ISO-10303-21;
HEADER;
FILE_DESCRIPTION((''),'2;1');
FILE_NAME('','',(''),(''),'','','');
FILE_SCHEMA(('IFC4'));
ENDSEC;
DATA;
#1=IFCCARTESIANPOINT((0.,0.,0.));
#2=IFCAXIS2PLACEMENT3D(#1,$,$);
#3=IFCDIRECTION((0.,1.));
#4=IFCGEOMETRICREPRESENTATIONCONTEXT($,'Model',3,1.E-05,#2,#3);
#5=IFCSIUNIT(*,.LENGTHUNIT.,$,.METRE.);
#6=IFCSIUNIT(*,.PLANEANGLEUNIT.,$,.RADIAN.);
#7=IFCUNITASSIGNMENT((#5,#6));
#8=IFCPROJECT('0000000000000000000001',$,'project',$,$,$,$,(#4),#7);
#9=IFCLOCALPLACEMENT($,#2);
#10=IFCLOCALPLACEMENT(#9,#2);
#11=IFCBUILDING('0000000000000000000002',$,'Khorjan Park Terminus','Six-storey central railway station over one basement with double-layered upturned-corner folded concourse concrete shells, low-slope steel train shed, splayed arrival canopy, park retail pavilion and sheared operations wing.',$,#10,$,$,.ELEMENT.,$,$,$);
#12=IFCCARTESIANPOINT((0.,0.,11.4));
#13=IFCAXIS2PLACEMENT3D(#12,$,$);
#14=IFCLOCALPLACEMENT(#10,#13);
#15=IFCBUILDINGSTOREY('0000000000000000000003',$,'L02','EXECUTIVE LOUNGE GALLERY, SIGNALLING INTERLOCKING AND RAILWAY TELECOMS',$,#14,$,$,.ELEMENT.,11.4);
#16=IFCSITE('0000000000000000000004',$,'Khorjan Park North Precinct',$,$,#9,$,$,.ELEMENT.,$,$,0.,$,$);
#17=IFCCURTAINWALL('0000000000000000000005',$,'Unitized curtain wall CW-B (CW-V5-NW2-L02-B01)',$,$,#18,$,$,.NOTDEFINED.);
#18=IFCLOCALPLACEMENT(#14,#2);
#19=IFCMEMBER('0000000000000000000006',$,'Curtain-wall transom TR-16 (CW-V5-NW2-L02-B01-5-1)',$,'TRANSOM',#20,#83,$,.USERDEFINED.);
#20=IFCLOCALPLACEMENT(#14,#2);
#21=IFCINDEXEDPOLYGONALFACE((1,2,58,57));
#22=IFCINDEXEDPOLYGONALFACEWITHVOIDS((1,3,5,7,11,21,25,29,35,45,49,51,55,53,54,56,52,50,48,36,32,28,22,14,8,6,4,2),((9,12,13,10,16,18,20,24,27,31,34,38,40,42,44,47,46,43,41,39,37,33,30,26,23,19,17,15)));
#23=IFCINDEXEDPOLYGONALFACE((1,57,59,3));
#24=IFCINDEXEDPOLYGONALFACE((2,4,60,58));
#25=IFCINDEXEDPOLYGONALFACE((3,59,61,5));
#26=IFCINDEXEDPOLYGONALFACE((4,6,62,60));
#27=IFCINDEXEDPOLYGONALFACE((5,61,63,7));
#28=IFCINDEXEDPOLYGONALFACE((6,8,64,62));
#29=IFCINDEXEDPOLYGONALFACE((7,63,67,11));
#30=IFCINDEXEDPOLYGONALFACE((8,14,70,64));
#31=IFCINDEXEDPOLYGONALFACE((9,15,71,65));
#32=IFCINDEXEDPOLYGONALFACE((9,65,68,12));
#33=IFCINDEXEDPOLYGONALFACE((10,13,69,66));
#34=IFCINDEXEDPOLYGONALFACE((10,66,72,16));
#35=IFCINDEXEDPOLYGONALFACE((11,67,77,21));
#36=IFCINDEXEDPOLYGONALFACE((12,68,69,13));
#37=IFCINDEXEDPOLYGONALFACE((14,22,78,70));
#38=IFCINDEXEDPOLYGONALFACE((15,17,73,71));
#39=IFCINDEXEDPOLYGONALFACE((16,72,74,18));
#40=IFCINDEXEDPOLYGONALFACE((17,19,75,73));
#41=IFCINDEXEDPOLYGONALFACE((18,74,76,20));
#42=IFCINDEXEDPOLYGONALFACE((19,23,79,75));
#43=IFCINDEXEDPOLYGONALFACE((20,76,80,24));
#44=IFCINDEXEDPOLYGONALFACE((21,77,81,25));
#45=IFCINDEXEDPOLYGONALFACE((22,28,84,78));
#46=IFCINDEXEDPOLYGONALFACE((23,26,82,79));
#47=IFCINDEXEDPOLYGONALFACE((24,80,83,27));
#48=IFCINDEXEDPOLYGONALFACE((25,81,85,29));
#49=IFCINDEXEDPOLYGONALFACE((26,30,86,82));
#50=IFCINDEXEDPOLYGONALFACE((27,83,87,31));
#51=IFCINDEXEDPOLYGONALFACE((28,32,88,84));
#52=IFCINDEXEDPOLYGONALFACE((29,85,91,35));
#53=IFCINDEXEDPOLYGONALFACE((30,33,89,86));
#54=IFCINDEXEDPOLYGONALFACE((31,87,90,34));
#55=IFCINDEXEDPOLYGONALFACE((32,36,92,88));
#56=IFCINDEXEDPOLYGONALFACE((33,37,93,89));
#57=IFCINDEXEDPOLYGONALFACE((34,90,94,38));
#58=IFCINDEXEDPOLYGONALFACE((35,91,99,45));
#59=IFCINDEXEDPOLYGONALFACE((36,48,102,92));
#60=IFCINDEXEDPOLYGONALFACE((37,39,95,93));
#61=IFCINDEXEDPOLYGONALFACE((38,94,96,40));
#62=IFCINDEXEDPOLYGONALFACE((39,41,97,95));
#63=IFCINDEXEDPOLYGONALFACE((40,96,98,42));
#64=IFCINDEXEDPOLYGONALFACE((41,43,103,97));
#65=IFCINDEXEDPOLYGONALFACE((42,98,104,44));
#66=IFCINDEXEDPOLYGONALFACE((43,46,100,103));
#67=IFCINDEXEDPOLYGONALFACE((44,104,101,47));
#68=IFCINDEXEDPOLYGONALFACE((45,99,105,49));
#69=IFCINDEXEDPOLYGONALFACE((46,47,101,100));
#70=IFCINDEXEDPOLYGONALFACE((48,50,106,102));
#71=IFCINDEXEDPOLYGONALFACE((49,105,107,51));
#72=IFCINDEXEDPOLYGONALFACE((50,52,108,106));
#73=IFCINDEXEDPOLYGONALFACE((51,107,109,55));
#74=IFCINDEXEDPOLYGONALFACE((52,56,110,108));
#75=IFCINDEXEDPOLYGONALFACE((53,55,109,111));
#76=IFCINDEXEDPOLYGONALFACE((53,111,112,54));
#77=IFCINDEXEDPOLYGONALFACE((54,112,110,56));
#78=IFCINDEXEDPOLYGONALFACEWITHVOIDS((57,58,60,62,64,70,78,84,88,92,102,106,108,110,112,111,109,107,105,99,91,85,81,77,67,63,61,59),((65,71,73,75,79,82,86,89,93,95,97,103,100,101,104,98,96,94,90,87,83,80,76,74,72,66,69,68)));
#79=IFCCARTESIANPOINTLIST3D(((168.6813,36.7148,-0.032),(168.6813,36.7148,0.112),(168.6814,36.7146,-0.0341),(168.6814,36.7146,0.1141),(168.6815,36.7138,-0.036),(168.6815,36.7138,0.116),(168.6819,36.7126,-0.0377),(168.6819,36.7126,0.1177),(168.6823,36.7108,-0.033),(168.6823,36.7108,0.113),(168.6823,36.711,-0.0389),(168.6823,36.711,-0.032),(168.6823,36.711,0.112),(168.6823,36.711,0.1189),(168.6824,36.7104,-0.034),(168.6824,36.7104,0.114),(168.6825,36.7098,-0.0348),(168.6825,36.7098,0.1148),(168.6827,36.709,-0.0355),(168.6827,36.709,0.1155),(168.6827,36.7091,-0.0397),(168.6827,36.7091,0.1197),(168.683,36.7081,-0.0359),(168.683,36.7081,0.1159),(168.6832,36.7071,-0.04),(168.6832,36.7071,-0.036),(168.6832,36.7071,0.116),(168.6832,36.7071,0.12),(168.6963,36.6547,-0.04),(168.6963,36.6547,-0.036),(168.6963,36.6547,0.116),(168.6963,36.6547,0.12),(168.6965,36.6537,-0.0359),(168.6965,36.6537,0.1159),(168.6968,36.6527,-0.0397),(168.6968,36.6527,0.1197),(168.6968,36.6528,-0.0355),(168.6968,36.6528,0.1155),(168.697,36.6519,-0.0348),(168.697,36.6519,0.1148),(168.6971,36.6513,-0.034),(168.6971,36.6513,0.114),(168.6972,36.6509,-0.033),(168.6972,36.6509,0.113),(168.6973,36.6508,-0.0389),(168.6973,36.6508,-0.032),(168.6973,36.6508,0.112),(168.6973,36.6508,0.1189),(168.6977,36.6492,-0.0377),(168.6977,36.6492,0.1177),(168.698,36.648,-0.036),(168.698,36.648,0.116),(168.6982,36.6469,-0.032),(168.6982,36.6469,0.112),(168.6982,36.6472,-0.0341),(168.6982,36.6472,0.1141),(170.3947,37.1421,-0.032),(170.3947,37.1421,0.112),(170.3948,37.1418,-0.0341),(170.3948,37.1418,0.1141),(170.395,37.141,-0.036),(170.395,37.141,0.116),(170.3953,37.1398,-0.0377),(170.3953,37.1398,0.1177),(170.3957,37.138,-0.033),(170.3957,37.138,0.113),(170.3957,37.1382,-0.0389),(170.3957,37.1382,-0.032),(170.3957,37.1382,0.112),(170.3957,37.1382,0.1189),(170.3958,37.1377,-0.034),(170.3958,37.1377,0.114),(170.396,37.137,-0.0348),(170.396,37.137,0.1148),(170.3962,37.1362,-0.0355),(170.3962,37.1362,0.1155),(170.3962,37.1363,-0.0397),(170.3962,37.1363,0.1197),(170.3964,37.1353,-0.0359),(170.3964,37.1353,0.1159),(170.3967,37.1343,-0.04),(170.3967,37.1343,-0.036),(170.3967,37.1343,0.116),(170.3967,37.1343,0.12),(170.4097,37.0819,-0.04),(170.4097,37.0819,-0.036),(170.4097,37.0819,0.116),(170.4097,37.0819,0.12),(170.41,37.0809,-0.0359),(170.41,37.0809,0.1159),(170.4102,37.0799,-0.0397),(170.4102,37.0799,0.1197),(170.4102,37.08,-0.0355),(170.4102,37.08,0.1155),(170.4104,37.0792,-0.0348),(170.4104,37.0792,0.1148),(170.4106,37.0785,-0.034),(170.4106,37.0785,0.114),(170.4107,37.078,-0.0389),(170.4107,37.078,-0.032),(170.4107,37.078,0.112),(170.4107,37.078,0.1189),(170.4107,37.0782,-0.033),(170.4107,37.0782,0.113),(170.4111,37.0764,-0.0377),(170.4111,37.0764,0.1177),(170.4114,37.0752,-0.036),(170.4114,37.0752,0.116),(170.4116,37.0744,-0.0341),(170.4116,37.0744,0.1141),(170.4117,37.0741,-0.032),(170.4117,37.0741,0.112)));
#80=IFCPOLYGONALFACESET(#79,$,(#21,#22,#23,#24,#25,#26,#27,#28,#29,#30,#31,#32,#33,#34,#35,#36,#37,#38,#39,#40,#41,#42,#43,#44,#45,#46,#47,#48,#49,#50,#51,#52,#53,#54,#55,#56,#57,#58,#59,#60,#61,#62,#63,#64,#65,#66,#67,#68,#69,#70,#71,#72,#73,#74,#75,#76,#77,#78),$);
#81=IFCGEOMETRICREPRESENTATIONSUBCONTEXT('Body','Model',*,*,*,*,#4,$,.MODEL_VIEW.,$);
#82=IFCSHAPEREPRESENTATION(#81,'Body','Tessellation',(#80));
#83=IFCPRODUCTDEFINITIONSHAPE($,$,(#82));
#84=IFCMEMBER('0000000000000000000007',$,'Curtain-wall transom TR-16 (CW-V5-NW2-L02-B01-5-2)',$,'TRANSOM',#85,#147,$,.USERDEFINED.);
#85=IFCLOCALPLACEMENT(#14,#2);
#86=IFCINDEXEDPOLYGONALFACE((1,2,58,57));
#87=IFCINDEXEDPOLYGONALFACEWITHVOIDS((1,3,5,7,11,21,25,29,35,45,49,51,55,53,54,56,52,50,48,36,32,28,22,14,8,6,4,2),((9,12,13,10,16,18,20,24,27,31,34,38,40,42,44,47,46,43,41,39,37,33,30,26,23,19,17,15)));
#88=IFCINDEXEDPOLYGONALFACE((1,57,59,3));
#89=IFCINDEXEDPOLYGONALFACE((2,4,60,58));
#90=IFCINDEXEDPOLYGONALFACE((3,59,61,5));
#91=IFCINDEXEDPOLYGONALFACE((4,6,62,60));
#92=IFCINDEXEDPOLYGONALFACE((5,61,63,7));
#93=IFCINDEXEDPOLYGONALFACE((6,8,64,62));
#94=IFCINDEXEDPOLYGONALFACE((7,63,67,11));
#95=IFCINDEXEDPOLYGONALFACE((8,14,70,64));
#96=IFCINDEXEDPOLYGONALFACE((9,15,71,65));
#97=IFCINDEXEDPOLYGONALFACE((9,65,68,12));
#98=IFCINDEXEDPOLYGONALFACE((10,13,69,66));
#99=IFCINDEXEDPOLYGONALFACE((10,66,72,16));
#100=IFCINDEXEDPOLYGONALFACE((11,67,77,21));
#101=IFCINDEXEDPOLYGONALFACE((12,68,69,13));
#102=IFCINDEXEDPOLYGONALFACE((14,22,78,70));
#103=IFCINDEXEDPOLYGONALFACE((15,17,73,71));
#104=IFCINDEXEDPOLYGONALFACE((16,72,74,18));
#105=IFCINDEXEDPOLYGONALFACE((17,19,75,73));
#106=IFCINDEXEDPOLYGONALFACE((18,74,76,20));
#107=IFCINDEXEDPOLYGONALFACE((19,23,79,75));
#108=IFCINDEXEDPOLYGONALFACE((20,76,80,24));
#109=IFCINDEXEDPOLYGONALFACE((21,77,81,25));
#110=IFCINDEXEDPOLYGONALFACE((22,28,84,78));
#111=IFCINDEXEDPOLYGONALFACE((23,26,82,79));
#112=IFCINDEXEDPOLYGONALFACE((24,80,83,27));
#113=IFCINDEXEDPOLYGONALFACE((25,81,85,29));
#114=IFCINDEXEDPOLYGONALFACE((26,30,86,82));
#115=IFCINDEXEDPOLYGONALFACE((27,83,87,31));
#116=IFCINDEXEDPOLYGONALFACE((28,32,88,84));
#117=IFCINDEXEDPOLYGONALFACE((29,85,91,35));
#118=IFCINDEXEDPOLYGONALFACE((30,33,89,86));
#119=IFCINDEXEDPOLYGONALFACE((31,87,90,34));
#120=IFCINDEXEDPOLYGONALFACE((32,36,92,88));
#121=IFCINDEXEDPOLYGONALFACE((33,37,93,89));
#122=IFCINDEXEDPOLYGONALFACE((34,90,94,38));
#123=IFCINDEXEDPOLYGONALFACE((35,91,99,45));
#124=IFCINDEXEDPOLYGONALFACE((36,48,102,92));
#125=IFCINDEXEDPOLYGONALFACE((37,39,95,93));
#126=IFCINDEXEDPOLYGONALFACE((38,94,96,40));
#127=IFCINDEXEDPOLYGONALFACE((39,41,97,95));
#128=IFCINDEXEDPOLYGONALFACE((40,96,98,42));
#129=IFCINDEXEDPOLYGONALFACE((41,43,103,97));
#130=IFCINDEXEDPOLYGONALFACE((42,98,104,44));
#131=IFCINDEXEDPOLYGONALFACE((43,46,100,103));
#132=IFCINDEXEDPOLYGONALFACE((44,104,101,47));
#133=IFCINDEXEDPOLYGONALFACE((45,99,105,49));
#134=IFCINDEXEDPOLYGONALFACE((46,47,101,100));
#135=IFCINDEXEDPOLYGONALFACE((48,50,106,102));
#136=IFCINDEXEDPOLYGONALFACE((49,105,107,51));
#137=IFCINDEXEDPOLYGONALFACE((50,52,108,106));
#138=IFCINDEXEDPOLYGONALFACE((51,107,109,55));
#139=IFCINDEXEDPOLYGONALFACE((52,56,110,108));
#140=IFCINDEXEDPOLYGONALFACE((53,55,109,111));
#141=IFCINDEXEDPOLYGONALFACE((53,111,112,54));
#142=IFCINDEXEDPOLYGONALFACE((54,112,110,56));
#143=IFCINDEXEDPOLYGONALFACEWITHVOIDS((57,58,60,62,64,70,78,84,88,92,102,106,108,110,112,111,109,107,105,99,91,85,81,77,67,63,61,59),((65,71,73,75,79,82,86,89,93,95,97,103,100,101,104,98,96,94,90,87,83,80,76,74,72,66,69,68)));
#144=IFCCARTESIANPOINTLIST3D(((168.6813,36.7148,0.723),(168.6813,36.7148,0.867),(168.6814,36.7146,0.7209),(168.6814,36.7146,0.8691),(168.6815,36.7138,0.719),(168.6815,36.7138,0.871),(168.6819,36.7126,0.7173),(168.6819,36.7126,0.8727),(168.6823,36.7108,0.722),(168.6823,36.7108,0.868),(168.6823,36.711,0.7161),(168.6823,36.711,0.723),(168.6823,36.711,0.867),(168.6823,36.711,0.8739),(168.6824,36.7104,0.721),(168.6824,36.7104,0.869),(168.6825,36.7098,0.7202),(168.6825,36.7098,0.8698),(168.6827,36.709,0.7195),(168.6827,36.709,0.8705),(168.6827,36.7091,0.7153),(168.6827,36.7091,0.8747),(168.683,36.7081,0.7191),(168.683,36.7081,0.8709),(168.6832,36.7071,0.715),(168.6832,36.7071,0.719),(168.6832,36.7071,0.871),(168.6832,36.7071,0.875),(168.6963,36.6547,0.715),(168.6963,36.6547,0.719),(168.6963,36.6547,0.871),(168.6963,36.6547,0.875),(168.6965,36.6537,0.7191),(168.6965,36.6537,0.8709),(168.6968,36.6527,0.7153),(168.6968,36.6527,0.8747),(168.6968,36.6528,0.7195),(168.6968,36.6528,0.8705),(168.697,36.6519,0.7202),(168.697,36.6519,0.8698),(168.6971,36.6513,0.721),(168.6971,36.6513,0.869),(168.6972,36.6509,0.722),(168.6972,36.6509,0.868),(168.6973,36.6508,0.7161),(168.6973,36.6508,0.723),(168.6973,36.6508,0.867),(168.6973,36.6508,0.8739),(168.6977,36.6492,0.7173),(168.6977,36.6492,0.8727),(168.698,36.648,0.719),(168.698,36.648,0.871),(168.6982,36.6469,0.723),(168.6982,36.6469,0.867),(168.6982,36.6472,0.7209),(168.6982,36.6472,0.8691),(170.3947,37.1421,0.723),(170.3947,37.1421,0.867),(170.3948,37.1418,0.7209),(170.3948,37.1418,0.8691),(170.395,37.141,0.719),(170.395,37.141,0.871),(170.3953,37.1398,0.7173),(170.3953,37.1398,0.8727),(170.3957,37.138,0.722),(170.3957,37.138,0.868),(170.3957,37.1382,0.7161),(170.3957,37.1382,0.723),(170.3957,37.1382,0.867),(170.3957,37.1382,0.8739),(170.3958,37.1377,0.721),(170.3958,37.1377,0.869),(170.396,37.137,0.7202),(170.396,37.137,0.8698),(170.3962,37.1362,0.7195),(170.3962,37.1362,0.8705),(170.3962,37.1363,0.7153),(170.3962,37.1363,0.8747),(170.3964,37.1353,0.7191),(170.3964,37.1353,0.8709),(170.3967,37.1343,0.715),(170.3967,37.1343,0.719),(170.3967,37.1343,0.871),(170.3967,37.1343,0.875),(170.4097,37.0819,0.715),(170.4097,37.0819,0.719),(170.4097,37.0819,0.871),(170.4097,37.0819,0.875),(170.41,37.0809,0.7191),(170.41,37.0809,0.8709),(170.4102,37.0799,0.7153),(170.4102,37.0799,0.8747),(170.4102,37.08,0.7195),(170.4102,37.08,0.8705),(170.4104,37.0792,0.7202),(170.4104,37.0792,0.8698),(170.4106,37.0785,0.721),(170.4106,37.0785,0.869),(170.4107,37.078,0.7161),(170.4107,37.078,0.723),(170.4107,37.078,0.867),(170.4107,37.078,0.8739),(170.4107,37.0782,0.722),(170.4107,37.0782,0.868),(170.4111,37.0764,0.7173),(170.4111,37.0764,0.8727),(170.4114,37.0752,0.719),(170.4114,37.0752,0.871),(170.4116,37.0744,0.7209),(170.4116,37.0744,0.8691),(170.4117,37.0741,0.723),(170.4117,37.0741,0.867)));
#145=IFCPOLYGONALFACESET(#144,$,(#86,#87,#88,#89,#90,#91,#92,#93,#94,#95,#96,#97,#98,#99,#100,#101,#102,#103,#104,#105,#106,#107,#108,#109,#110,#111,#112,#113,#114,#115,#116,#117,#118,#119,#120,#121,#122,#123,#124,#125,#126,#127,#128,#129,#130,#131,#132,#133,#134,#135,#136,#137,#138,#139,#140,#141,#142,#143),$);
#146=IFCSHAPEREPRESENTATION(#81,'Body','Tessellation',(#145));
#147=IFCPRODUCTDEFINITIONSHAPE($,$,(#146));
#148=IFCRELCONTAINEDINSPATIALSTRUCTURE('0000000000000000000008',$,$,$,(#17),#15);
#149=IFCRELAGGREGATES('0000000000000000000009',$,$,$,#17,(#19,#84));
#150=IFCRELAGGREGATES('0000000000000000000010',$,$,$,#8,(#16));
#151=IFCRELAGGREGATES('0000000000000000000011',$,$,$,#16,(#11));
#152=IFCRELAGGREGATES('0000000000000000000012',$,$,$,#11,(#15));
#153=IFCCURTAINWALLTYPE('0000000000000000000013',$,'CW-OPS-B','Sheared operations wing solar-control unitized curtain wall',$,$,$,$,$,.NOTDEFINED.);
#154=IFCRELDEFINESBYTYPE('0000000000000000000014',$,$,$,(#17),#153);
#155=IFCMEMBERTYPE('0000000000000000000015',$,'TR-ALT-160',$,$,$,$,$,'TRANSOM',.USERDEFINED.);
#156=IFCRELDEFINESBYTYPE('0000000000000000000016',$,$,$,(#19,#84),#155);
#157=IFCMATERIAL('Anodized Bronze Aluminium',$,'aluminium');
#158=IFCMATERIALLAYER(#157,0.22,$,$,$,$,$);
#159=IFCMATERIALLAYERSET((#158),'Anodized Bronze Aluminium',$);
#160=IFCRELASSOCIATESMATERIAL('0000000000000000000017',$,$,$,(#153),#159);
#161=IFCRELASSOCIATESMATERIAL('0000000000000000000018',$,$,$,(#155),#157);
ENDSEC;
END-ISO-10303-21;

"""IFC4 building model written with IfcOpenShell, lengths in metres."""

from ifc_helpers import new_model, si_unit, direction, frame, origin, origin_2d, place, context, subcontext, project, spatial, hollow_rectangle, extrude, material, layer, layer_set, material_profile, profile_set, type_object, element, aggregate, save


model = new_model("IFC4")

# Units and contexts
model_context = context("Model", 3, precision=1e-05, world=origin(), true_north=direction((0.0, 1.0)))
body_context = subcontext(model_context, "Body", "Model", "MODEL_VIEW")
ifc_project = project(units=[si_unit("LENGTHUNIT", "METRE"), si_unit("PLANEANGLEUNIT", "RADIAN")], contexts=[model_context])

# Site, building, storey
site_placement = place(None, origin())
site = spatial("IfcSite", under=ifc_project, at=site_placement, Name="Khorjan Park North Precinct", CompositionType="ELEMENT", RefElevation=0.0)
building_placement = place(site_placement, origin())
building = spatial("IfcBuilding", under=site, at=building_placement, Name="Khorjan Park Terminus", Description="Six-storey central railway station over one basement with double-layered upturned-corner folded concourse concrete shells, low-slope steel train shed, splayed arrival canopy, park retail pavilion and sheared operations wing.", CompositionType="ELEMENT")
storey_placement = place(building_placement, frame((0.0, 0.0, 11.4)))
storey = spatial("IfcBuildingStorey", under=building, at=storey_placement, Name="L02", Description="EXECUTIVE LOUNGE GALLERY, SIGNALLING INTERLOCKING AND RAILWAY TELECOMS", CompositionType="ELEMENT", Elevation=11.4)

# Curtain wall, members
ifc_material_1 = material(Name="Anodized Bronze Aluminium", Category="aluminium")
ifc_layer_1 = layer(ifc_material_1, 0.22)
ifc_layer_set_1 = layer_set([ifc_layer_1], Name="Anodized Bronze Aluminium")
curtain_wall_type = type_object("IfcCurtainWallType", Name="CW-OPS-B", Description="Sheared operations wing solar-control unitized curtain wall", PredefinedType="NOTDEFINED", material=ifc_layer_set_1)
curtain_wall_placement = place(storey_placement, origin())
curtain_wall = element("IfcCurtainWall", 1, at=curtain_wall_placement, inside=storey, type_object=curtain_wall_type, Name="Unitized curtain wall CW-B (CW-V5-NW2-L02-B01)", PredefinedType="NOTDEFINED")
ifc_material_profile_1 = material_profile(ifc_material_1, hollow_rectangle(XDim=0.07, YDim=0.16, WallThickness=0.004, InnerFilletRadius=0.004, OuterFilletRadius=0.008, at=origin_2d()), Name="ALT 70x160x4")
ifc_profile_set_1 = profile_set([ifc_material_profile_1], Name="Anodized Bronze Aluminium")
member_type_1 = type_object("IfcMemberType", Name="TR-ALT-160", ElementType="TRANSOM", PredefinedType="USERDEFINED", material=ifc_profile_set_1)
member_1_placement = place(storey_placement, frame((170.4032, 37.1081, 0.04), z_axis=(-0.970296, -0.241923, 0.0), x_axis=(0.241923, -0.970296, 0.0)))
member_1 = element("IfcMember", 2, at=member_1_placement, type_object=member_type_1, Name="Curtain-wall transom TR-16 (CW-V5-NW2-L02-B01-5-1)", ObjectType="TRANSOM", PredefinedType="USERDEFINED", context=body_context, shape_type="SweptSolid", body=[
    extrude(hollow_rectangle(XDim=0.07, YDim=0.16, WallThickness=0.004, InnerFilletRadius=0.004, OuterFilletRadius=0.008, at=origin_2d()), origin(), (0.0, 0.0, 1.0), 1.7659),
])
member_2_placement = place(storey_placement, frame((170.4032, 37.1081, 0.795), z_axis=(-0.970296, -0.241923, 0.0), x_axis=(0.241923, -0.970296, 0.0)))
member_2 = element("IfcMember", 3, at=member_2_placement, type_object=member_type_1, Name="Curtain-wall transom TR-16 (CW-V5-NW2-L02-B01-5-2)", ObjectType="TRANSOM", PredefinedType="USERDEFINED", context=body_context, shape_type="SweptSolid", body=[
    extrude(hollow_rectangle(XDim=0.07, YDim=0.16, WallThickness=0.004, InnerFilletRadius=0.004, OuterFilletRadius=0.008, at=origin_2d()), origin(), (0.0, 0.0, 1.0), 1.7659),
])
aggregate(curtain_wall, [member_1, member_2])

save(model, "model.ifc")
